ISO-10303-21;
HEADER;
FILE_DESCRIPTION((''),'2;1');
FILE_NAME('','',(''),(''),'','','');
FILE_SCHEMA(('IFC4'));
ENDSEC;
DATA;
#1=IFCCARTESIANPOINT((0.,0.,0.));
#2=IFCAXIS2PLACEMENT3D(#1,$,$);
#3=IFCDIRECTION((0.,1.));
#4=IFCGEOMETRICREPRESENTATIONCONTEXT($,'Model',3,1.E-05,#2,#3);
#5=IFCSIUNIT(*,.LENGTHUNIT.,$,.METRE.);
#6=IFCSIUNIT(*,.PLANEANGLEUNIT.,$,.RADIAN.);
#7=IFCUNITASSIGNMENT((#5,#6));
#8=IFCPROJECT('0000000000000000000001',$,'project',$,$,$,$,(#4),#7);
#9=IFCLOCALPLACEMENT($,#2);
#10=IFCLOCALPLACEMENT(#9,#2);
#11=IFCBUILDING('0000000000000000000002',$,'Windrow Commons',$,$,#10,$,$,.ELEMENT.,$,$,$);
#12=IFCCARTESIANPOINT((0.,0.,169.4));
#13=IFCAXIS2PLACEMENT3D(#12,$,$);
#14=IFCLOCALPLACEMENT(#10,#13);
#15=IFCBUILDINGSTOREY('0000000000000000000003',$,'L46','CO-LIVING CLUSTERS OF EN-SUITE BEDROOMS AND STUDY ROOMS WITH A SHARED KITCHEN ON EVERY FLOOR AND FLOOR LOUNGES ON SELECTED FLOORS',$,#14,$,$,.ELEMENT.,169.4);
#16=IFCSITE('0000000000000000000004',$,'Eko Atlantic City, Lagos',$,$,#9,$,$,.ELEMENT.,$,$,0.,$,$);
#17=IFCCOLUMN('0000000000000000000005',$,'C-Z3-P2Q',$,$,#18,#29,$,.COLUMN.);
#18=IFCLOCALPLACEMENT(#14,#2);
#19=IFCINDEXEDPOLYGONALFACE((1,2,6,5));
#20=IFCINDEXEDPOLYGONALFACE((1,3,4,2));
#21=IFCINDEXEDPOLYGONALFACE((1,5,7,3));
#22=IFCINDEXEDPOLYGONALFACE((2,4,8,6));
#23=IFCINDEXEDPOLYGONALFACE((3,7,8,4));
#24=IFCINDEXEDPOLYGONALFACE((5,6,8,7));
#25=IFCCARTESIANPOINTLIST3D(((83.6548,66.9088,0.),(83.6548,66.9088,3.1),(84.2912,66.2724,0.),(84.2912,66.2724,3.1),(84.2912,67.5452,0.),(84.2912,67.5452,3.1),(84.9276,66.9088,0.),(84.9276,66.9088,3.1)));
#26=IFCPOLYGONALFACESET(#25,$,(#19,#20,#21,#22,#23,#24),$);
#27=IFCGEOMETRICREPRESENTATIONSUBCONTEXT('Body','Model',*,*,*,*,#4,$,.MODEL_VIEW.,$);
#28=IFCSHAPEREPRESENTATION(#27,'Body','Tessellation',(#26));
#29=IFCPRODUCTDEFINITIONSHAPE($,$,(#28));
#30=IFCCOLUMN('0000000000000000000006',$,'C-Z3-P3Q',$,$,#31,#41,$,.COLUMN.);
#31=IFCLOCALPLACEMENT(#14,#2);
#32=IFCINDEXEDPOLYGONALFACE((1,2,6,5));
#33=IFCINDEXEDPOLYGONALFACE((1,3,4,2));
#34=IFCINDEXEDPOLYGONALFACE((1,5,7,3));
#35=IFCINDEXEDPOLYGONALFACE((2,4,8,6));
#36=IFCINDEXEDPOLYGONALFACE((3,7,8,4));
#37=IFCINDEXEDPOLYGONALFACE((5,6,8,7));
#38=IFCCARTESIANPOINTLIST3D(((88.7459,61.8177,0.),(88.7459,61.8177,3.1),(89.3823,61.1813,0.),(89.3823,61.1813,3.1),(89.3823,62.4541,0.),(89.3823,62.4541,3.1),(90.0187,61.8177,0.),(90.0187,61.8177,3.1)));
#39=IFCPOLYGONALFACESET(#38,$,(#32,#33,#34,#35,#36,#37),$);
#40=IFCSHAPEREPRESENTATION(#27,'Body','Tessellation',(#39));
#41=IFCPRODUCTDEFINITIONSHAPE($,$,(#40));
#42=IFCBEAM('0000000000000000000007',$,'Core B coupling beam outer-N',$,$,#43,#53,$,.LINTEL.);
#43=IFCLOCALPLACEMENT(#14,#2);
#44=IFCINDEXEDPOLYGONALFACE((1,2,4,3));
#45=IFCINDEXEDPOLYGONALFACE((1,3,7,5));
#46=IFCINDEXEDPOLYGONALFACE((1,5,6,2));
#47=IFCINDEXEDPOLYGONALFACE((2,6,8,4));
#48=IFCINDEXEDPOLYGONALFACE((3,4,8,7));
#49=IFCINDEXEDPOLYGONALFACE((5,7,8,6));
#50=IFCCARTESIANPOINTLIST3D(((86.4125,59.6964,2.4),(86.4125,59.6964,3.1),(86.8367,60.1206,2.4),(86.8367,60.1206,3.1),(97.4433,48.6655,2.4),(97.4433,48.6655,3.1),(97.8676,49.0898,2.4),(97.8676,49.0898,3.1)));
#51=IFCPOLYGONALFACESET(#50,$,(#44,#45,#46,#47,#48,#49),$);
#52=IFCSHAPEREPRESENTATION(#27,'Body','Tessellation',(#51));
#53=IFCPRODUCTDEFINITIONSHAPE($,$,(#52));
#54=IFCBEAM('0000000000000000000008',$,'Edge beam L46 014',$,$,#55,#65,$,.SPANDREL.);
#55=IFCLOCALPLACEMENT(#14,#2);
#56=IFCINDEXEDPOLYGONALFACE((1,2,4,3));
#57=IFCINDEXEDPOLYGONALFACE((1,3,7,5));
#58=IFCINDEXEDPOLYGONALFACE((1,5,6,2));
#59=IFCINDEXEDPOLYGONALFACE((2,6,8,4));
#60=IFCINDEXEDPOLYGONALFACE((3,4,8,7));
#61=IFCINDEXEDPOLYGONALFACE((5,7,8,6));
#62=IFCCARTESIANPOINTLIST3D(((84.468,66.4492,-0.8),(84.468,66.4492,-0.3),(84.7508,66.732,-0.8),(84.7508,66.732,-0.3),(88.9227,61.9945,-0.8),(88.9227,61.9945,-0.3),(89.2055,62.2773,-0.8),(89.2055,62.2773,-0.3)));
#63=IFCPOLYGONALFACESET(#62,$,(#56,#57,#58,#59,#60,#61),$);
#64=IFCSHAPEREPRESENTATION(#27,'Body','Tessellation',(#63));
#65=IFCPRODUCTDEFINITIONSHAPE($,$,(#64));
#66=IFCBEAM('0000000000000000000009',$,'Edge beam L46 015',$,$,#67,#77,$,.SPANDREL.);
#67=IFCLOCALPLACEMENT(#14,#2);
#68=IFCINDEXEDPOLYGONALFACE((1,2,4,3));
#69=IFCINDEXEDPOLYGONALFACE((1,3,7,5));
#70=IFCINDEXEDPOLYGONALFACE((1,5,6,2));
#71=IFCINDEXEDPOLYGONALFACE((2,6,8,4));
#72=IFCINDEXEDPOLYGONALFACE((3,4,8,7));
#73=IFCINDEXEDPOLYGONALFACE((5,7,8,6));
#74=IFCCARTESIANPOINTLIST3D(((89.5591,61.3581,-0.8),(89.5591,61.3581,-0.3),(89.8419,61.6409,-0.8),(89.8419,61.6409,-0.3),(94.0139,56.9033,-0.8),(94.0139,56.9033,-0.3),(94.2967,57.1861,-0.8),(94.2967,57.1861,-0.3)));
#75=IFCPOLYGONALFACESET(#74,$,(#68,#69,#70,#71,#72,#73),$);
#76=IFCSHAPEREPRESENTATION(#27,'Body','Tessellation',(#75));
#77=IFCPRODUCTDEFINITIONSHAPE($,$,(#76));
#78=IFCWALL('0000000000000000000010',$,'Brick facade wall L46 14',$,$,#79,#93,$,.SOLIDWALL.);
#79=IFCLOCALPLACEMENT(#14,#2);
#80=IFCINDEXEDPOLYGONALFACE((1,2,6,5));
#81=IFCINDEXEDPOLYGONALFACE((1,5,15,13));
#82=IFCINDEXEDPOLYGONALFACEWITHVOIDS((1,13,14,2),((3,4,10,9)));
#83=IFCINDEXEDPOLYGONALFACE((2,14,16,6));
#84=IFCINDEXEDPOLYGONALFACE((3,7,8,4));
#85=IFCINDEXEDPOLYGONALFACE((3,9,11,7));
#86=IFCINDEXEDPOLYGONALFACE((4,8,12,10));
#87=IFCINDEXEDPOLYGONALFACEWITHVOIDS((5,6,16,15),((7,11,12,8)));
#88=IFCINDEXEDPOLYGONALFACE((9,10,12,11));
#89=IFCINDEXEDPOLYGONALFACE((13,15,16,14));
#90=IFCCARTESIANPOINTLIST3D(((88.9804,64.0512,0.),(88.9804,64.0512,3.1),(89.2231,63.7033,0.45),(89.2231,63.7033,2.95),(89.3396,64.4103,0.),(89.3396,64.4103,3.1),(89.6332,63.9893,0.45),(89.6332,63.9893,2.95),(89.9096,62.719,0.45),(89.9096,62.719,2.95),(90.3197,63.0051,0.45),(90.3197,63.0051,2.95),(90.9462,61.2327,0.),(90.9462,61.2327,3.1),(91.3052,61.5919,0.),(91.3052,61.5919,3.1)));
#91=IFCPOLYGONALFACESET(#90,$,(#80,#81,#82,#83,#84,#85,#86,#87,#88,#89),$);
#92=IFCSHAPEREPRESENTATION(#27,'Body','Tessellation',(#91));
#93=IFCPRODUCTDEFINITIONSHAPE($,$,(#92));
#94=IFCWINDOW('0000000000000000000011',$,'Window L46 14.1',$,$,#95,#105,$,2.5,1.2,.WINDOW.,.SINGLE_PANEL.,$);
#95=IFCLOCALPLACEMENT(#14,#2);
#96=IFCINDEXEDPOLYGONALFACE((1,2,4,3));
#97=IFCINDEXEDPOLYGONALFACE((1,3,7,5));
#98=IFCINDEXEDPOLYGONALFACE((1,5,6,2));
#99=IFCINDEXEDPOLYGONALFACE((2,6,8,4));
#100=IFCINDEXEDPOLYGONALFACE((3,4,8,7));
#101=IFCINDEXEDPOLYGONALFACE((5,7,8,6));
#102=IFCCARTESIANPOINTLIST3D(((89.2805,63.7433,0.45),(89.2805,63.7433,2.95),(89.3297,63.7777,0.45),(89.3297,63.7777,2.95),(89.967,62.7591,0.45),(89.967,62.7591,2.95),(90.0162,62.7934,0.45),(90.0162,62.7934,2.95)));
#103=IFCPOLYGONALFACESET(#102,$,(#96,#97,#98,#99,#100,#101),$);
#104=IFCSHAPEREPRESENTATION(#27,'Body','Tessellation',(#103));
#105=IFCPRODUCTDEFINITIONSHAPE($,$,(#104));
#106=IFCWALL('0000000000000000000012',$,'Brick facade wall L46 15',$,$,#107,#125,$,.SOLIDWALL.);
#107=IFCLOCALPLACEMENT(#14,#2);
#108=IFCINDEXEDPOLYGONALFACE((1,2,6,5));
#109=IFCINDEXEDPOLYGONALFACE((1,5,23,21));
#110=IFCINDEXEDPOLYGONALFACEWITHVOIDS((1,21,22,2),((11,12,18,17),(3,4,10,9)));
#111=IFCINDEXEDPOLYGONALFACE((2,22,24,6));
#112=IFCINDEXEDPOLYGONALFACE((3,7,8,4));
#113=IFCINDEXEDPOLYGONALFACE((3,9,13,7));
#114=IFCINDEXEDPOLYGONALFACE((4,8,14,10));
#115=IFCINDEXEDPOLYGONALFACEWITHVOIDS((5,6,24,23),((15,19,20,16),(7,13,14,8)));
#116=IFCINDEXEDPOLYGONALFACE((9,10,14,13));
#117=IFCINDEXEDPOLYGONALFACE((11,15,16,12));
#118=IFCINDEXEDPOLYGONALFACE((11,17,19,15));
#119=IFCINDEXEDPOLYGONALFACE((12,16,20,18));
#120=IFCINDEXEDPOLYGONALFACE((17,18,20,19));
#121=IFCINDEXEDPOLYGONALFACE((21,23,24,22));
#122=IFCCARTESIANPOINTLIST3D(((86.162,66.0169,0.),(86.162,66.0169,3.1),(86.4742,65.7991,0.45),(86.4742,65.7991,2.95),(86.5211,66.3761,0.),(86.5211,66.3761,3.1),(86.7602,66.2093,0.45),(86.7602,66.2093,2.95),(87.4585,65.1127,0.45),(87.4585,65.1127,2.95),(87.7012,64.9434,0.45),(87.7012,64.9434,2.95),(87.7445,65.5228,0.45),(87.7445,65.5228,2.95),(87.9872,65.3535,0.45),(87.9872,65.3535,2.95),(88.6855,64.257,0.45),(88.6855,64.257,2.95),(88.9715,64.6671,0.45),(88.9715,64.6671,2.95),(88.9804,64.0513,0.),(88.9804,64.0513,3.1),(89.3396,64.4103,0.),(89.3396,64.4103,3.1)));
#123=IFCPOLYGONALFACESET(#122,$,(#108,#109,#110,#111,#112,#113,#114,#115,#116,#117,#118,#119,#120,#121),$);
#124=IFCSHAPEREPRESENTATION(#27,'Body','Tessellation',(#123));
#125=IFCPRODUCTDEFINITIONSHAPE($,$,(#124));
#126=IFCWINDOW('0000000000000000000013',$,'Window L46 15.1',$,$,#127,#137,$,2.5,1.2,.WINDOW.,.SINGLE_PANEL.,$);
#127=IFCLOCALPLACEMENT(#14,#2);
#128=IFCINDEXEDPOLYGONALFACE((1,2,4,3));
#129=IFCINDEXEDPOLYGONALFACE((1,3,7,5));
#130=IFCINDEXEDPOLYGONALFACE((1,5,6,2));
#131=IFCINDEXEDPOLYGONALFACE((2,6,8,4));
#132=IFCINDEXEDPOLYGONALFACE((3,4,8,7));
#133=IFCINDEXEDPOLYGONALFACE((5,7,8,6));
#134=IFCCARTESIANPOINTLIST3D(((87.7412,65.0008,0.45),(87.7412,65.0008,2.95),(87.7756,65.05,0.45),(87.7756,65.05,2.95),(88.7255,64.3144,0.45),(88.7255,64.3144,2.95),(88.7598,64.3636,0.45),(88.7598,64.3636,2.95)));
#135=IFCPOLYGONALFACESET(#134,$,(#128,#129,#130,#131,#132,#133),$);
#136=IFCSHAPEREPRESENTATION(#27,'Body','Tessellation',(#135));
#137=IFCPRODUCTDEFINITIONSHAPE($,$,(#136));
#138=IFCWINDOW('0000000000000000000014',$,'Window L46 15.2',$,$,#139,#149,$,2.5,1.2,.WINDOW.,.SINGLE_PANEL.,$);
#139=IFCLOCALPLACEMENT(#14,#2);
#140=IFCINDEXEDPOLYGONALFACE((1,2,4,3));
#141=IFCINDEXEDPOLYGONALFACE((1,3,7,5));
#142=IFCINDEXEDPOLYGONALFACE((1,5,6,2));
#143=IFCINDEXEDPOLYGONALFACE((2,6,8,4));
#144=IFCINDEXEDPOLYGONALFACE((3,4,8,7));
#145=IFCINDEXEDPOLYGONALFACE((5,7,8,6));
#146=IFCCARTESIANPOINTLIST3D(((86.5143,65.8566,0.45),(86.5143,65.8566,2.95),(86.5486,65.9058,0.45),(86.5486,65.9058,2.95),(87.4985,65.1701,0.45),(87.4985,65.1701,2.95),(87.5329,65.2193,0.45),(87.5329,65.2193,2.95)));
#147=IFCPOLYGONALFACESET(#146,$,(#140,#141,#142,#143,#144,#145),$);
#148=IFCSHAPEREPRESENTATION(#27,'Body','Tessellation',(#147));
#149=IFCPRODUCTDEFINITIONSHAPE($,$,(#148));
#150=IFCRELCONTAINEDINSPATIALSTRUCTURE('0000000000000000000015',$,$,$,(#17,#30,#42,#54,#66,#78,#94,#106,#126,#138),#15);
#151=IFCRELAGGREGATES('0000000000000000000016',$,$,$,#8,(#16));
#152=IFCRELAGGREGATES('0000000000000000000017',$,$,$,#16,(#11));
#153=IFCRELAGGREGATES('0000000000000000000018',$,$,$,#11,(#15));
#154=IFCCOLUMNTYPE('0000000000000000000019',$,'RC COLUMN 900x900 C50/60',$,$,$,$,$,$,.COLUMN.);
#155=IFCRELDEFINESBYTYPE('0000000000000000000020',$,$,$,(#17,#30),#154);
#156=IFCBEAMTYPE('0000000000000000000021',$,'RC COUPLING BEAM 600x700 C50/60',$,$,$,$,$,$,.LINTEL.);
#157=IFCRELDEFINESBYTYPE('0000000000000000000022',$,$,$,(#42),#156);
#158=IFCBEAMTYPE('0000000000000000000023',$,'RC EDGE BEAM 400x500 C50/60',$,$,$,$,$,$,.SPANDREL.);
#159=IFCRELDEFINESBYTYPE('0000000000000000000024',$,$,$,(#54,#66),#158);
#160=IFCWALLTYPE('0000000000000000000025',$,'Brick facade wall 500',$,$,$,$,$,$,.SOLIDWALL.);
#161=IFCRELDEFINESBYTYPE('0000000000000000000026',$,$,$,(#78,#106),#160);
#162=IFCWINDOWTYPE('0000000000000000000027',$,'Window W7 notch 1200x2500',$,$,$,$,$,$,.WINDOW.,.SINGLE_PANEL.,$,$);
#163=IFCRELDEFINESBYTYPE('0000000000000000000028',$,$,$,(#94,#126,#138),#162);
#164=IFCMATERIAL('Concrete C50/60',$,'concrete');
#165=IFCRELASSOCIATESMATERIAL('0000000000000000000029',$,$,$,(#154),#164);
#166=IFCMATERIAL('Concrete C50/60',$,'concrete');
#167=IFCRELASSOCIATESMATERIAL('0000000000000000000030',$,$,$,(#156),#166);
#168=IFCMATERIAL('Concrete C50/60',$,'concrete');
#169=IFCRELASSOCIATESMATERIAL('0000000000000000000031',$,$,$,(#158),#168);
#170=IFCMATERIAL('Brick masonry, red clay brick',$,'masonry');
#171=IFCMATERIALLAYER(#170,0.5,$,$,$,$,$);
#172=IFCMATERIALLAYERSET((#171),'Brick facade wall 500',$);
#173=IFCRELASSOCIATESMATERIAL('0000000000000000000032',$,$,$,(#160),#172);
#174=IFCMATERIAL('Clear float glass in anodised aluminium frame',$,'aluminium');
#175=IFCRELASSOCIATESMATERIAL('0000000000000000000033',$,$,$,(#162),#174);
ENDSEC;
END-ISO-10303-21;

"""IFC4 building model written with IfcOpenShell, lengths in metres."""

from ifc_helpers import new_model, si_unit, direction, frame, frame_2d, origin, origin_2d, place, context, subcontext, project, spatial, polyline, rectangle, outline, extrude, material, layer, layer_set, material_profile, profile_set, type_object, element, fill, save


model = new_model("IFC4")

# Units and contexts
model_context = context("Model", 3, precision=1e-05, world=origin(), true_north=direction((0.0, 1.0)))
body_context = subcontext(model_context, "Body", "Model", "MODEL_VIEW")
ifc_project = project(units=[si_unit("LENGTHUNIT", "METRE"), si_unit("PLANEANGLEUNIT", "RADIAN")], contexts=[model_context])

# Site, building, storey
site_placement = place(None, origin())
site = spatial("IfcSite", under=ifc_project, at=site_placement, Name="Eko Atlantic City, Lagos", CompositionType="ELEMENT", RefElevation=0.0)
building_placement = place(site_placement, origin())
building = spatial("IfcBuilding", under=site, at=building_placement, Name="Windrow Commons", CompositionType="ELEMENT")
storey_placement = place(building_placement, frame((0.0, 0.0, 169.4)))
storey = spatial("IfcBuildingStorey", under=building, at=storey_placement, Name="L46", Description="CO-LIVING CLUSTERS OF EN-SUITE BEDROOMS AND STUDY ROOMS WITH A SHARED KITCHEN ON EVERY FLOOR AND FLOOR LOUNGES ON SELECTED FLOORS", CompositionType="ELEMENT", Elevation=169.4)

# Columns
ifc_material_1 = material(Name="Concrete C50/60", Category="concrete")
ifc_material_profile_1 = material_profile(ifc_material_1, rectangle(XDim=0.9, YDim=0.9, at=origin_2d()))
ifc_profile_set_1 = profile_set([ifc_material_profile_1], Name="Concrete C50/60")
column_type = type_object("IfcColumnType", Name="RC COLUMN 900x900 C50/60", PredefinedType="COLUMN", material=ifc_profile_set_1)
for number, where, z_axis, x_axis, name in (
    (1, (84.2912, 66.9088, 0.0), (0.0, 0.0, 1.0), (0.707107, -0.707107, 0.0), "C-Z3-P2Q"),
    (2, (89.3823, 61.8177, 0.0), (0.0, 0.0, 1.0), (0.707107, -0.707107, 0.0), "C-Z3-P3Q"),
):
    element("IfcColumn", number, at=place(storey_placement, frame(where, z_axis=z_axis, x_axis=x_axis)), inside=storey, type_object=column_type, Name=name, PredefinedType="COLUMN", context=body_context, shape_type="SweptSolid", body=[
        extrude(rectangle(XDim=0.9, YDim=0.9, at=origin_2d()), origin(), (0.0, 0.0, 1.0), 3.1),
    ])

# Beams
ifc_material_2 = material(Name="Concrete C50/60", Category="concrete")
ifc_material_profile_2 = material_profile(ifc_material_2, rectangle(XDim=0.6, YDim=0.7, at=origin_2d()))
ifc_profile_set_2 = profile_set([ifc_material_profile_2], Name="Concrete C50/60")
beam_type_1 = type_object("IfcBeamType", Name="RC COUPLING BEAM 600x700 C50/60", PredefinedType="LINTEL", material=ifc_profile_set_2)
beam_1_placement = place(storey_placement, frame((86.6246, 59.9085, 2.75), z_axis=(0.707107, -0.707107, 0.0), x_axis=(0.707107, 0.707107, 0.0)))
element("IfcBeam", 3, at=beam_1_placement, inside=storey, type_object=beam_type_1, Name="Core B coupling beam outer-N", PredefinedType="LINTEL", context=body_context, shape_type="SweptSolid", body=[
    extrude(rectangle(XDim=0.6, YDim=0.7, at=origin_2d()), origin(), (0.0, 0.0, 1.0), 15.6),
])
ifc_material_3 = material(Name="Concrete C50/60", Category="concrete")
ifc_material_profile_3 = material_profile(ifc_material_3, rectangle(XDim=0.4, YDim=0.5, at=origin_2d()))
ifc_profile_set_3 = profile_set([ifc_material_profile_3], Name="Concrete C50/60")
beam_type_2 = type_object("IfcBeamType", Name="RC EDGE BEAM 400x500 C50/60", PredefinedType="SPANDREL", material=ifc_profile_set_3)
beam_2_placement = place(storey_placement, frame((84.6094, 66.5906, -0.55), z_axis=(0.707107, -0.707107, 0.0), x_axis=(0.707107, 0.707107, 0.0)))
element("IfcBeam", 4, at=beam_2_placement, inside=storey, type_object=beam_type_2, Name="Edge beam L46 014", PredefinedType="SPANDREL", context=body_context, shape_type="SweptSolid", body=[
    extrude(rectangle(XDim=0.4, YDim=0.5, at=origin_2d()), origin(), (0.0, 0.0, 1.0), 6.2999),
])
beam_3_placement = place(storey_placement, frame((89.7005, 61.4995, -0.55), z_axis=(0.707107, -0.707107, 0.0), x_axis=(0.707107, 0.707107, 0.0)))
element("IfcBeam", 5, at=beam_3_placement, inside=storey, type_object=beam_type_2, Name="Edge beam L46 015", PredefinedType="SPANDREL", context=body_context, shape_type="SweptSolid", body=[
    extrude(rectangle(XDim=0.4, YDim=0.5, at=origin_2d()), origin(), (0.0, 0.0, 1.0), 6.3),
])

# Wall, opening, window
ifc_material_4 = material(Name="Brick masonry, red clay brick", Category="masonry")
ifc_layer_1 = layer(ifc_material_4, 0.5)
ifc_layer_set_1 = layer_set([ifc_layer_1], Name="Brick facade wall 500")
wall_type_1 = type_object("IfcWallType", Name="Brick facade wall 500", PredefinedType="SOLIDWALL", material=ifc_layer_set_1)
wall_1_placement = place(storey_placement, frame((91.1257, 61.4123, 0.0), z_axis=(0.0, 0.0, 1.0), x_axis=(-0.572045, 0.820222, 0.0)))
wall_1 = element("IfcWall", 6, at=wall_1_placement, inside=storey, type_object=wall_type_1, Name="Brick facade wall L46 14", PredefinedType="SOLIDWALL", context=body_context, shape_type="SweptSolid", body=[
    extrude(outline(polyline([(0.0446, -0.25), (3.4808, -0.25), (3.3917, 0.25), (-0.0446, 0.25), (0.0446, -0.25)])), origin(), (0.0, 0.0, 1.0), 3.1),
])
opening_1_placement = place(wall_1_placement, frame((1.7675, 0.0, 0.45)))
opening_1 = element("IfcOpeningElement", 7, at=opening_1_placement, cuts=wall_1, PredefinedType="OPENING", context=body_context, shape_type="SweptSolid", body=[
    extrude(rectangle(XDim=1.2, YDim=2.5, at=frame_2d((0.6, 1.25))), frame((0.0, 0.26, 0.0), z_axis=(0.0, -1.0, 0.0), x_axis=(1.0, 0.0, 0.0)), (0.0, 0.0, 1.0), 0.52),
])
ifc_material_5 = material(Name="Clear float glass in anodised aluminium frame", Category="aluminium")
window_type = type_object("IfcWindowType", Name="Window W7 notch 1200x2500", PartitioningType="SINGLE_PANEL", PredefinedType="WINDOW", material=ifc_material_5)
window_1_placement = place(opening_1_placement, origin())
window_1 = element("IfcWindow", 8, at=window_1_placement, inside=storey, type_object=window_type, Name="Window L46 14.1", OverallHeight=2.5, OverallWidth=1.2, PartitioningType="SINGLE_PANEL", PredefinedType="WINDOW", context=body_context, shape_type="SweptSolid", body=[
    extrude(rectangle(XDim=1.2, YDim=2.5, at=frame_2d((0.6, 1.25))), frame((0.0, 0.18, 0.0), z_axis=(0.0, -1.0, 0.0), x_axis=(1.0, 0.0, 0.0)), (0.0, 0.0, 1.0), 0.06),
])
fill(opening_1, window_1)

# Wall, openings, windows
wall_2_placement = place(storey_placement, frame((89.16, 64.2308, 0.0), z_axis=(0.0, 0.0, 1.0), x_axis=(-0.820222, 0.572045, 0.0)))
wall_2 = element("IfcWall", 9, at=wall_2_placement, inside=storey, type_object=wall_type_1, Name="Brick facade wall L46 15", PredefinedType="SOLIDWALL", context=body_context, shape_type="SweptSolid", body=[
    extrude(outline(polyline([(-0.0446, -0.25), (3.3917, -0.25), (3.4808, 0.25), (0.0446, 0.25), (-0.0446, -0.25)])), origin(), (0.0, 0.0, 1.0), 3.1),
])
opening_2_placement = place(wall_2_placement, frame((0.4042, 0.0, 0.45)))
opening_2 = element("IfcOpeningElement", 10, at=opening_2_placement, cuts=wall_2, PredefinedType="OPENING", context=body_context, shape_type="SweptSolid", body=[
    extrude(rectangle(XDim=1.2, YDim=2.5, at=frame_2d((0.6, 1.25))), frame((0.0, 0.26, 0.0), z_axis=(0.0, -1.0, 0.0), x_axis=(1.0, 0.0, 0.0)), (0.0, 0.0, 1.0), 0.52),
])
opening_3_placement = place(wall_2_placement, frame((1.9001, 0.0, 0.45)))
opening_3 = element("IfcOpeningElement", 11, at=opening_3_placement, cuts=wall_2, PredefinedType="OPENING", context=body_context, shape_type="SweptSolid", body=[
    extrude(rectangle(XDim=1.2, YDim=2.5, at=frame_2d((0.6, 1.25))), frame((0.0, 0.26, 0.0), z_axis=(0.0, -1.0, 0.0), x_axis=(1.0, 0.0, 0.0)), (0.0, 0.0, 1.0), 0.52),
])
window_2_placement = place(opening_2_placement, origin())
window_2 = element("IfcWindow", 12, at=window_2_placement, inside=storey, type_object=window_type, Name="Window L46 15.1", OverallHeight=2.5, OverallWidth=1.2, PartitioningType="SINGLE_PANEL", PredefinedType="WINDOW", context=body_context, shape_type="SweptSolid", body=[
    extrude(rectangle(XDim=1.2, YDim=2.5, at=frame_2d((0.6, 1.25))), frame((0.0, 0.18, 0.0), z_axis=(0.0, -1.0, 0.0), x_axis=(1.0, 0.0, 0.0)), (0.0, 0.0, 1.0), 0.06),
])
fill(opening_2, window_2)
window_3_placement = place(opening_3_placement, origin())
window_3 = element("IfcWindow", 13, at=window_3_placement, inside=storey, type_object=window_type, Name="Window L46 15.2", OverallHeight=2.5, OverallWidth=1.2, PartitioningType="SINGLE_PANEL", PredefinedType="WINDOW", context=body_context, shape_type="SweptSolid", body=[
    extrude(rectangle(XDim=1.2, YDim=2.5, at=frame_2d((0.6, 1.25))), frame((0.0, 0.18, 0.0), z_axis=(0.0, -1.0, 0.0), x_axis=(1.0, 0.0, 0.0)), (0.0, 0.0, 1.0), 0.06),
])
fill(opening_3, window_3)

save(model, "model.ifc")
